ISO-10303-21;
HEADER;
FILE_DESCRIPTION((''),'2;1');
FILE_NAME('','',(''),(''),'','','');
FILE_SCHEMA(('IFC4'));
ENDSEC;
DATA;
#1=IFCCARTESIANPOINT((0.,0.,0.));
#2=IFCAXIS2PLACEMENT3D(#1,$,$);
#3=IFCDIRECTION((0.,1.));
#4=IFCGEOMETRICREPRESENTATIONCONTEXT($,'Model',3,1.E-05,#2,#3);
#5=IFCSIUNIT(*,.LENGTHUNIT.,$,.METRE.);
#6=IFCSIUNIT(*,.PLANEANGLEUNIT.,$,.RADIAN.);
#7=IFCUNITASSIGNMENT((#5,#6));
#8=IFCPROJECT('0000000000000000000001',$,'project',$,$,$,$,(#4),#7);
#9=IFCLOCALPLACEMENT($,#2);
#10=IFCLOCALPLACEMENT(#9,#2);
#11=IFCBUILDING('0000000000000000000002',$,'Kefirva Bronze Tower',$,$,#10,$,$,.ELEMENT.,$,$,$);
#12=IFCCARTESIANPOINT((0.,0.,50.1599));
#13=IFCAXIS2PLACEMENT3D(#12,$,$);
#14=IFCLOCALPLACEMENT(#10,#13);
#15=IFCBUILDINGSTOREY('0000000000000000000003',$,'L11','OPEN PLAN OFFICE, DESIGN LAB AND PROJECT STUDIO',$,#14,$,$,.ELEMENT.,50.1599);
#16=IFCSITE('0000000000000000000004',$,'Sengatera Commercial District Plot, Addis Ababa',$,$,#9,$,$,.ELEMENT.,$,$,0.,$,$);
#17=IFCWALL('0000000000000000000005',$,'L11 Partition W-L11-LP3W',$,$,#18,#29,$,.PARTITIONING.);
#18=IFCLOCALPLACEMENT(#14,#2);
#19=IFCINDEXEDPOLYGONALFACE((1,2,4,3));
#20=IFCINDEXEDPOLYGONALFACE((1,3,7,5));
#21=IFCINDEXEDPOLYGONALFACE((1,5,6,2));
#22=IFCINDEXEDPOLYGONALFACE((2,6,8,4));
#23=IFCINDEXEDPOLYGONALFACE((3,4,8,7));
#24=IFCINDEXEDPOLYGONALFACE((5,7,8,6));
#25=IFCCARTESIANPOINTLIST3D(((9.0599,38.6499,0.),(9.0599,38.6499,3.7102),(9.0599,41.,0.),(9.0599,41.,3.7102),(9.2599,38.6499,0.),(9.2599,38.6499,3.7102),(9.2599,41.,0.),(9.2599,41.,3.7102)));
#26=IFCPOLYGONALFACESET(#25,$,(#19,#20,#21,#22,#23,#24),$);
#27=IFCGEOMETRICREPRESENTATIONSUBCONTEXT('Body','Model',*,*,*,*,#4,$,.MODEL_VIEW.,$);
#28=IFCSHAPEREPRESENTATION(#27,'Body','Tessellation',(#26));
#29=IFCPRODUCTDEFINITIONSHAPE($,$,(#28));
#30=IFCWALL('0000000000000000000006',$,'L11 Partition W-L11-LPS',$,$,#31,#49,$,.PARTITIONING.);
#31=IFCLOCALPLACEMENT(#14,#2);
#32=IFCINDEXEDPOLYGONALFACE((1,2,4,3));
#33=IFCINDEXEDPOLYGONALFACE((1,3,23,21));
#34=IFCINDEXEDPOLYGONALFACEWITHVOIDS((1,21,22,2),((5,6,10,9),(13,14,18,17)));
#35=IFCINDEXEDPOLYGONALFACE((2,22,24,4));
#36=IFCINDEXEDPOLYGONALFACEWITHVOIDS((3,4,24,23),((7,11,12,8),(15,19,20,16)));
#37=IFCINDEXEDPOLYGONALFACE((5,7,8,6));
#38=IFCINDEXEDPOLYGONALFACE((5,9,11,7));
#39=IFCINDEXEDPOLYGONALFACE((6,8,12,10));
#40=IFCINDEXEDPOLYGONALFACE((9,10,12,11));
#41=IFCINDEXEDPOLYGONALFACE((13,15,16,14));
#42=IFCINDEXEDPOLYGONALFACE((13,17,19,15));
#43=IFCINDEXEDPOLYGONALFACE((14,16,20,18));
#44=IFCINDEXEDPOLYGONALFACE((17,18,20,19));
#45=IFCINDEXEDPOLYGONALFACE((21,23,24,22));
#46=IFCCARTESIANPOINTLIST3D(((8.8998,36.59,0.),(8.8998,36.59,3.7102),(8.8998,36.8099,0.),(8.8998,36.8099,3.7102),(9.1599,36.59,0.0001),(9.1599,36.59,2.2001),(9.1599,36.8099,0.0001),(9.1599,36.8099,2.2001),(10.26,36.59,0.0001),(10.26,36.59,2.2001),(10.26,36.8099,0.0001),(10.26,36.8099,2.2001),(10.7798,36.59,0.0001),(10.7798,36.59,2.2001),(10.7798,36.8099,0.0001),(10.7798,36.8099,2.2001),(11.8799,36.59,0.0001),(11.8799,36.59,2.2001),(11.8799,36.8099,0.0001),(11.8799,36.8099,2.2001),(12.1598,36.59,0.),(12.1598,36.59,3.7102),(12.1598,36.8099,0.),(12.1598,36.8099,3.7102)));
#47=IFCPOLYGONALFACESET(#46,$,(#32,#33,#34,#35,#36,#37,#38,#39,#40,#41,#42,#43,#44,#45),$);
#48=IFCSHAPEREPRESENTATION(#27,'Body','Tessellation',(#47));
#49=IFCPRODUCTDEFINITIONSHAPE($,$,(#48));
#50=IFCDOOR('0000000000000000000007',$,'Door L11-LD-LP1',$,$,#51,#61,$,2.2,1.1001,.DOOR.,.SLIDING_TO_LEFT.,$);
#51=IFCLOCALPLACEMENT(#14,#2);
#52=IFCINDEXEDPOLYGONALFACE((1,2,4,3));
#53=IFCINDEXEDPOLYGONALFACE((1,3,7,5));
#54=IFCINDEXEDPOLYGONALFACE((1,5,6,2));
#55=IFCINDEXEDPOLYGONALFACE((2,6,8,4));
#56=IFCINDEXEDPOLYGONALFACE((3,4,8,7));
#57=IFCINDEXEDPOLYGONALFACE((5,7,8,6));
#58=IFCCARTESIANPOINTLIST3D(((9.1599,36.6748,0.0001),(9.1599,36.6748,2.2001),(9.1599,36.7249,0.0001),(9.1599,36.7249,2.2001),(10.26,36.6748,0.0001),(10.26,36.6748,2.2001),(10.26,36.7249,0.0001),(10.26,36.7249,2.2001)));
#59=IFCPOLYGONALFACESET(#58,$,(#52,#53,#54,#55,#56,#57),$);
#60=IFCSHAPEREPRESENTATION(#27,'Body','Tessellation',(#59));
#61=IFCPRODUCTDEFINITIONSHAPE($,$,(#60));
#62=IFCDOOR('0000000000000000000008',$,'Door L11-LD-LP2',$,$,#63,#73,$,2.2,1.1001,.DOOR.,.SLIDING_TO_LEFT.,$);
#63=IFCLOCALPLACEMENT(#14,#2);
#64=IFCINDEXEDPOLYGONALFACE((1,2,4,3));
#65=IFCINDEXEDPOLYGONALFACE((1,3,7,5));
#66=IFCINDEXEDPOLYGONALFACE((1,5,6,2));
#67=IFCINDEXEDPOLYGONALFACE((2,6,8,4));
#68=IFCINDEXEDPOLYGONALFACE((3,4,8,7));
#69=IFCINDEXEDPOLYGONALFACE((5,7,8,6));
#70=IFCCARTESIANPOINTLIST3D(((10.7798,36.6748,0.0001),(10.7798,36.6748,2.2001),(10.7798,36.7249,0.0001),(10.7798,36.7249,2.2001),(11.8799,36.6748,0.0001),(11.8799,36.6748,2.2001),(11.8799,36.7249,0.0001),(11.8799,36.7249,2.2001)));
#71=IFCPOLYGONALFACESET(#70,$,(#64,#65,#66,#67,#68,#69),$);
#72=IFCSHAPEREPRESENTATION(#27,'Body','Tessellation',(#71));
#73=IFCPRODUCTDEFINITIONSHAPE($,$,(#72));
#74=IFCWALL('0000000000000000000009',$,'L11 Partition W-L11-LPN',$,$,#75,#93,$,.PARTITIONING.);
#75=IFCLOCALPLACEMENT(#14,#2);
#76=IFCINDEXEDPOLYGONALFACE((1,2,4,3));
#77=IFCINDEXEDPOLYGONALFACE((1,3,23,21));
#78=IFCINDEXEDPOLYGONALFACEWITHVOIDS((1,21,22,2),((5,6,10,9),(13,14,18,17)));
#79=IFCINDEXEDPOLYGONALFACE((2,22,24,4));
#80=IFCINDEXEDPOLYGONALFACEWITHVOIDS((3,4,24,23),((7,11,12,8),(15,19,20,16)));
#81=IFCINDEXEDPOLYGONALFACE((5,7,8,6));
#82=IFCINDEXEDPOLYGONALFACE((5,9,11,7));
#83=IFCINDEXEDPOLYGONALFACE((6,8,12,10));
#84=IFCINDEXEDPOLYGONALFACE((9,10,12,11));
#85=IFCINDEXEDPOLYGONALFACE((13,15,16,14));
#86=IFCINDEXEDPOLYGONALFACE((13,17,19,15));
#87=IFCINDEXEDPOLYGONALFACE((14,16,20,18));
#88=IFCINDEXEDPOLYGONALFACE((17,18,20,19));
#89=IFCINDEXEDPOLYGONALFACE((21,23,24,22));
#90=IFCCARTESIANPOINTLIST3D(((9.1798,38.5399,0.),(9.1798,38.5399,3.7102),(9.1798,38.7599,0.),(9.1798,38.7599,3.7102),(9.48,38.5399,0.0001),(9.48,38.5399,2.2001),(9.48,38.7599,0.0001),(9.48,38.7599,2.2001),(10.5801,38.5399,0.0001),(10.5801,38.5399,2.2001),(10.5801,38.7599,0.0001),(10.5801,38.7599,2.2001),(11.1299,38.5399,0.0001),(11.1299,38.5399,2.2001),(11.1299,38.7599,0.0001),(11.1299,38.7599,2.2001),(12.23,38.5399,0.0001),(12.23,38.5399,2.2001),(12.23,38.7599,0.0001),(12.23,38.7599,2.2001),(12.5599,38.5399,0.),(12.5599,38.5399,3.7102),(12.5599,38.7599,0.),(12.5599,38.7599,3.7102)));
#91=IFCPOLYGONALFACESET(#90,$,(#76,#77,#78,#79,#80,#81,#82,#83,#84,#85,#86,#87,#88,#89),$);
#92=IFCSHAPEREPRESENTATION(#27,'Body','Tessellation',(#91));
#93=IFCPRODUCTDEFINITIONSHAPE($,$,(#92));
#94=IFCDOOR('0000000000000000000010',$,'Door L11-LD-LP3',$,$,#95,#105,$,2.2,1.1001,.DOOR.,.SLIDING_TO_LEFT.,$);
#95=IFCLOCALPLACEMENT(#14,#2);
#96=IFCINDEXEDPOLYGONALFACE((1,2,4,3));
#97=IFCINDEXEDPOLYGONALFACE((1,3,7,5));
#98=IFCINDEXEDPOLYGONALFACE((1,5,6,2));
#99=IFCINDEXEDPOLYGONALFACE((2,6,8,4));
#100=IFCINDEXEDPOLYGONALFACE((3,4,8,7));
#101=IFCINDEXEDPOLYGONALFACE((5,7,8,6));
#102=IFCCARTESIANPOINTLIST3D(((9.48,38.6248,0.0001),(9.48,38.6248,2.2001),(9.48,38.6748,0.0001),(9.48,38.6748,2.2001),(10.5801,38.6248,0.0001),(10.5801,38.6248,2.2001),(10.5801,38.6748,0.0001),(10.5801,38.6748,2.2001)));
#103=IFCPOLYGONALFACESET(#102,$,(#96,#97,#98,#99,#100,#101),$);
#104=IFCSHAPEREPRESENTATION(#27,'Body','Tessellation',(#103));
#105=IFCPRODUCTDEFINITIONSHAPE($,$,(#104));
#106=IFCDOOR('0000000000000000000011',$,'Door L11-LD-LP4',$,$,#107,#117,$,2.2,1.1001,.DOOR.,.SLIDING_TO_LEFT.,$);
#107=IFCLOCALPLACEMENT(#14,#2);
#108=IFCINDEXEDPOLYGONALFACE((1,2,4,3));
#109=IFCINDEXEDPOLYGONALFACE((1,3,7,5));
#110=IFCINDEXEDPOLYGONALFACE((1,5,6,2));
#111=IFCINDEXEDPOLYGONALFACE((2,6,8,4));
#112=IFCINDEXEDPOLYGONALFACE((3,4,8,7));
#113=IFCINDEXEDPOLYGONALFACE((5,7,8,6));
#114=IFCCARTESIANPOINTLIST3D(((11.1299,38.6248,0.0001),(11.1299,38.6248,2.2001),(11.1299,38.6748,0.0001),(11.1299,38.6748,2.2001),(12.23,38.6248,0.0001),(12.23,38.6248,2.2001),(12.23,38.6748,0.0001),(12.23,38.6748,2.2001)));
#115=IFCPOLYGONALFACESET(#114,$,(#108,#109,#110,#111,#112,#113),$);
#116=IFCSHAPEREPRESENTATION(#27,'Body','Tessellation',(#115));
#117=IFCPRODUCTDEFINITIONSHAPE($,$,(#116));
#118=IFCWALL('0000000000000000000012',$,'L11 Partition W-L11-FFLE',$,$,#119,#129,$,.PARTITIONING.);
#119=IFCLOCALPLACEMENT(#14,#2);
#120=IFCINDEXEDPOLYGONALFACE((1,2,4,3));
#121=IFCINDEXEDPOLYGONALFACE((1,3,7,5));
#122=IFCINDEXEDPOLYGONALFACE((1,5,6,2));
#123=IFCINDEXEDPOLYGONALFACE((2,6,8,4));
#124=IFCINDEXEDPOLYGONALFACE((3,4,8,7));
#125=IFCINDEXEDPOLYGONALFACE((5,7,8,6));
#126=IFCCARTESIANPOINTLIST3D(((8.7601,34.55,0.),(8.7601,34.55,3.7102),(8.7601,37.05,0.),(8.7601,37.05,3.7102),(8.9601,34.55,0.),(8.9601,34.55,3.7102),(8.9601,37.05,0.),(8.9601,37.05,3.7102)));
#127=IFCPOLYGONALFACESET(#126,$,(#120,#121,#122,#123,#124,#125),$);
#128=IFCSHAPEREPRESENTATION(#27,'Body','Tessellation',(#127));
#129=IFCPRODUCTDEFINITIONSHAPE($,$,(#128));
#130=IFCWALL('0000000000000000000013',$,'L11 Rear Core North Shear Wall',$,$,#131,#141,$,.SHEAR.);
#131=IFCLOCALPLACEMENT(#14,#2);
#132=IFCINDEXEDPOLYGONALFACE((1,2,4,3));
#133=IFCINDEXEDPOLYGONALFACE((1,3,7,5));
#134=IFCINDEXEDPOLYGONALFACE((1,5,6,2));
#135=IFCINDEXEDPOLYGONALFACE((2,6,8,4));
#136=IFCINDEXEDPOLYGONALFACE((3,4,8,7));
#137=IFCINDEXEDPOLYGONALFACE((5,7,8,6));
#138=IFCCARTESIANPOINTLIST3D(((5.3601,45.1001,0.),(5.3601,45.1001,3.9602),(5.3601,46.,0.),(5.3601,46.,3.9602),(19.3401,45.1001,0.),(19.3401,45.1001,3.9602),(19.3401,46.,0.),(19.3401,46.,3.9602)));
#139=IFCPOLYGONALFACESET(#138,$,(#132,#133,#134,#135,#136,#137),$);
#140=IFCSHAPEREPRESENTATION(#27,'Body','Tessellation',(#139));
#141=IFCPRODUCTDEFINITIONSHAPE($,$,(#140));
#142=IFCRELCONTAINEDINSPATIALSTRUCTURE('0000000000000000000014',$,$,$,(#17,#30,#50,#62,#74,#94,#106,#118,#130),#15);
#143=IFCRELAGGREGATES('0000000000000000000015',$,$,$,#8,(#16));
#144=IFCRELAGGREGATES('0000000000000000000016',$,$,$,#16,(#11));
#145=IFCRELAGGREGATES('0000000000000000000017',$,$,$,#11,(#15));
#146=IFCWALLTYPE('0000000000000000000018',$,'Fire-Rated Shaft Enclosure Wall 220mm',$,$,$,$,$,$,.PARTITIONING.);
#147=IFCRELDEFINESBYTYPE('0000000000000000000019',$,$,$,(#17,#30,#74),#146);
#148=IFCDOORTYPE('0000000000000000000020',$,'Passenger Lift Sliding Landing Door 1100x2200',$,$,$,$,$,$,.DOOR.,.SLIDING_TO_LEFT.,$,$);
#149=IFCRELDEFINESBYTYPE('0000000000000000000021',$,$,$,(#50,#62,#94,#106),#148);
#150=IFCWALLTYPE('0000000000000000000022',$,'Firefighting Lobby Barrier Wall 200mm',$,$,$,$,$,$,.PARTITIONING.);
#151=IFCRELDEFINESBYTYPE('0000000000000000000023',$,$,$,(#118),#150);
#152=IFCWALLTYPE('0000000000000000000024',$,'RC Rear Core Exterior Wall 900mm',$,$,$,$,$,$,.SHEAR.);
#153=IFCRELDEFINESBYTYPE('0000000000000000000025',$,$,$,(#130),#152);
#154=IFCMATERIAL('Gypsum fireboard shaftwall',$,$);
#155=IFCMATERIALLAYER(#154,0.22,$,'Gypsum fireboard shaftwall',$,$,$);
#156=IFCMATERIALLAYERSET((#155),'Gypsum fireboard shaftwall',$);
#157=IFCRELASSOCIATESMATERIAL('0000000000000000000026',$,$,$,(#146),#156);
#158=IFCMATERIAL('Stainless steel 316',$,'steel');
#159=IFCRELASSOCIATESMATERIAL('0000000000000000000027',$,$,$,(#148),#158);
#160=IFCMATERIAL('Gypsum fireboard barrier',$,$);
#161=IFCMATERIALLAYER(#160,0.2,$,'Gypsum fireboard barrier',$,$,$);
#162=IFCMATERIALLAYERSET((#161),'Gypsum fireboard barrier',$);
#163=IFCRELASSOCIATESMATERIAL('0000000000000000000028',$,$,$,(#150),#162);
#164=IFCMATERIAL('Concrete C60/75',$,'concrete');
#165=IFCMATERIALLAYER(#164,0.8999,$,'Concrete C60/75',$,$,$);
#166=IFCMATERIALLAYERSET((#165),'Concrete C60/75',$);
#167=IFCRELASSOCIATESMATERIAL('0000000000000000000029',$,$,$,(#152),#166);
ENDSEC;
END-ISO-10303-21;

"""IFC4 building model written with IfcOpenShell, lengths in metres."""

from ifc_helpers import new_model, si_unit, direction, frame, frame_2d, origin, place, context, subcontext, project, spatial, rectangle, extrude, material, layer, layer_set, type_object, element, fill, save


model = new_model("IFC4")

# Units and contexts
model_context = context("Model", 3, precision=1e-05, world=origin(), true_north=direction((0.0, 1.0)))
body_context = subcontext(model_context, "Body", "Model", "MODEL_VIEW")
ifc_project = project(units=[si_unit("LENGTHUNIT", "METRE"), si_unit("PLANEANGLEUNIT", "RADIAN")], contexts=[model_context])

# Site, building, storey
site_placement = place(None, origin())
site = spatial("IfcSite", under=ifc_project, at=site_placement, Name="Sengatera Commercial District Plot, Addis Ababa", CompositionType="ELEMENT", RefElevation=0.0)
building_placement = place(site_placement, origin())
building = spatial("IfcBuilding", under=site, at=building_placement, Name="Kefirva Bronze Tower", CompositionType="ELEMENT")
storey_placement = place(building_placement, frame((0.0, 0.0, 50.1599)))
storey = spatial("IfcBuildingStorey", under=building, at=storey_placement, Name="L11", Description="OPEN PLAN OFFICE, DESIGN LAB AND PROJECT STUDIO", CompositionType="ELEMENT", Elevation=50.1599)

# Shared definitions
ifc_material_1 = material(Name="Concrete C60/75", Category="concrete")

# Shared definitions
ifc_material_2 = material(Name="Gypsum fireboard shaftwall")
ifc_layer_1 = layer(ifc_material_2, 0.22, Name="Gypsum fireboard shaftwall")
ifc_layer_set_1 = layer_set([ifc_layer_1], Name="Gypsum fireboard shaftwall")
wall_type_1 = type_object("IfcWallType", Name="Fire-Rated Shaft Enclosure Wall 220mm", PredefinedType="PARTITIONING", material=ifc_layer_set_1)
ifc_material_3 = material(Name="Stainless steel 316", Category="steel")

# Wall
wall_1_placement = place(storey_placement, frame((9.1599, 38.6499, 0.0), z_axis=(0.0, 0.0, 1.0), x_axis=(0.0, 1.0, 0.0)))
element("IfcWall", 1, at=wall_1_placement, inside=storey, type_object=wall_type_1, Name="L11 Partition W-L11-LP3W", PredefinedType="PARTITIONING", context=body_context, shape_type="SweptSolid", body=[
    extrude(rectangle(XDim=2.3501, YDim=0.2, at=frame_2d((1.175, 0.0))), origin(), (0.0, 0.0, 1.0), 3.7102),
])

# Walls, openings, doors
wall_2_placement = place(storey_placement, frame((8.8999, 36.7, 0.0), z_axis=(0.0, 0.0, 1.0), x_axis=(1.0, 0.0, 0.0)))
wall_2 = element("IfcWall", 2, at=wall_2_placement, inside=storey, type_object=wall_type_1, Name="L11 Partition W-L11-LPS", PredefinedType="PARTITIONING", context=body_context, shape_type="SweptSolid", body=[
    extrude(rectangle(XDim=3.26, YDim=0.22, at=frame_2d((1.6299, 0.0))), origin(), (0.0, 0.0, 1.0), 3.7102),
])
opening_1_placement = place(wall_2_placement, frame((0.26, 0.0, 0.0)))
opening_1 = element("IfcOpeningElement", 3, at=opening_1_placement, cuts=wall_2, PredefinedType="OPENING", context=body_context, shape_type="SweptSolid", body=[
    extrude(rectangle(XDim=1.1001, YDim=2.2, at=frame_2d((0.55, 1.1001))), frame((0.0, 0.1201, 0.0), z_axis=(0.0, -1.0, 0.0), x_axis=(1.0, 0.0, 0.0)), (0.0, 0.0, 1.0), 0.24),
])
opening_2_placement = place(wall_2_placement, frame((1.8799, 0.0, 0.0)))
opening_2 = element("IfcOpeningElement", 4, at=opening_2_placement, cuts=wall_2, PredefinedType="OPENING", context=body_context, shape_type="SweptSolid", body=[
    extrude(rectangle(XDim=1.1001, YDim=2.2, at=frame_2d((0.55, 1.1001))), frame((0.0, 0.1201, 0.0), z_axis=(0.0, -1.0, 0.0), x_axis=(1.0, 0.0, 0.0)), (0.0, 0.0, 1.0), 0.24),
])
door_type_1 = type_object("IfcDoorType", Name="Passenger Lift Sliding Landing Door 1100x2200", OperationType="SLIDING_TO_LEFT", PredefinedType="DOOR", material=ifc_material_3)
door_1_placement = place(opening_1_placement, origin())
door_1 = element("IfcDoor", 5, at=door_1_placement, inside=storey, type_object=door_type_1, Name="Door L11-LD-LP1", OperationType="SLIDING_TO_LEFT", OverallHeight=2.2, OverallWidth=1.1001, PredefinedType="DOOR", context=body_context, shape_type="SweptSolid", body=[
    extrude(rectangle(XDim=1.1001, YDim=2.2, at=frame_2d((0.55, 1.1001))), frame((0.0, 0.0249, 0.0), z_axis=(0.0, -1.0, 0.0), x_axis=(1.0, 0.0, 0.0)), (0.0, 0.0, 1.0), 0.05),
])
fill(opening_1, door_1)
door_2_placement = place(opening_2_placement, origin())
door_2 = element("IfcDoor", 6, at=door_2_placement, inside=storey, type_object=door_type_1, Name="Door L11-LD-LP2", OperationType="SLIDING_TO_LEFT", OverallHeight=2.2, OverallWidth=1.1001, PredefinedType="DOOR", context=body_context, shape_type="SweptSolid", body=[
    extrude(rectangle(XDim=1.1001, YDim=2.2, at=frame_2d((0.55, 1.1001))), frame((0.0, 0.0249, 0.0), z_axis=(0.0, -1.0, 0.0), x_axis=(1.0, 0.0, 0.0)), (0.0, 0.0, 1.0), 0.05),
])
fill(opening_2, door_2)
wall_3_placement = place(storey_placement, frame((9.1799, 38.6499, 0.0), z_axis=(0.0, 0.0, 1.0), x_axis=(1.0, 0.0, 0.0)))
wall_3 = element("IfcWall", 7, at=wall_3_placement, inside=storey, type_object=wall_type_1, Name="L11 Partition W-L11-LPN", PredefinedType="PARTITIONING", context=body_context, shape_type="SweptSolid", body=[
    extrude(rectangle(XDim=3.3801, YDim=0.22, at=frame_2d((1.6899, 0.0))), origin(), (0.0, 0.0, 1.0), 3.7102),
])
opening_3_placement = place(wall_3_placement, frame((0.3, 0.0, 0.0)))
opening_3 = element("IfcOpeningElement", 8, at=opening_3_placement, cuts=wall_3, PredefinedType="OPENING", context=body_context, shape_type="SweptSolid", body=[
    extrude(rectangle(XDim=1.1001, YDim=2.2, at=frame_2d((0.55, 1.1001))), frame((0.0, 0.1201, 0.0), z_axis=(0.0, -1.0, 0.0), x_axis=(1.0, 0.0, 0.0)), (0.0, 0.0, 1.0), 0.24),
])
opening_4_placement = place(wall_3_placement, frame((1.95, 0.0, 0.0)))
opening_4 = element("IfcOpeningElement", 9, at=opening_4_placement, cuts=wall_3, PredefinedType="OPENING", context=body_context, shape_type="SweptSolid", body=[
    extrude(rectangle(XDim=1.1001, YDim=2.2, at=frame_2d((0.55, 1.1001))), frame((0.0, 0.1201, 0.0), z_axis=(0.0, -1.0, 0.0), x_axis=(1.0, 0.0, 0.0)), (0.0, 0.0, 1.0), 0.24),
])
door_3_placement = place(opening_3_placement, origin())
door_3 = element("IfcDoor", 10, at=door_3_placement, inside=storey, type_object=door_type_1, Name="Door L11-LD-LP3", OperationType="SLIDING_TO_LEFT", OverallHeight=2.2, OverallWidth=1.1001, PredefinedType="DOOR", context=body_context, shape_type="SweptSolid", body=[
    extrude(rectangle(XDim=1.1001, YDim=2.2, at=frame_2d((0.55, 1.1001))), frame((0.0, 0.0249, 0.0), z_axis=(0.0, -1.0, 0.0), x_axis=(1.0, 0.0, 0.0)), (0.0, 0.0, 1.0), 0.05),
])
fill(opening_3, door_3)
door_4_placement = place(opening_4_placement, origin())
door_4 = element("IfcDoor", 11, at=door_4_placement, inside=storey, type_object=door_type_1, Name="Door L11-LD-LP4", OperationType="SLIDING_TO_LEFT", OverallHeight=2.2, OverallWidth=1.1001, PredefinedType="DOOR", context=body_context, shape_type="SweptSolid", body=[
    extrude(rectangle(XDim=1.1001, YDim=2.2, at=frame_2d((0.55, 1.1001))), frame((0.0, 0.0249, 0.0), z_axis=(0.0, -1.0, 0.0), x_axis=(1.0, 0.0, 0.0)), (0.0, 0.0, 1.0), 0.05),
])
fill(opening_4, door_4)

# Walls
ifc_material_4 = material(Name="Gypsum fireboard barrier")
ifc_layer_2 = layer(ifc_material_4, 0.2, Name="Gypsum fireboard barrier")
ifc_layer_set_2 = layer_set([ifc_layer_2], Name="Gypsum fireboard barrier")
wall_type_2 = type_object("IfcWallType", Name="Firefighting Lobby Barrier Wall 200mm", PredefinedType="PARTITIONING", material=ifc_layer_set_2)
wall_4_placement = place(storey_placement, frame((8.8601, 34.55, 0.0), z_axis=(0.0, 0.0, 1.0), x_axis=(0.0, 1.0, 0.0)))
element("IfcWall", 12, at=wall_4_placement, inside=storey, type_object=wall_type_2, Name="L11 Partition W-L11-FFLE", PredefinedType="PARTITIONING", context=body_context, shape_type="SweptSolid", body=[
    extrude(rectangle(XDim=2.5, YDim=0.2, at=frame_2d((1.25, 0.0))), origin(), (0.0, 0.0, 1.0), 3.7102),
])
ifc_layer_3 = layer(ifc_material_1, 0.8999, Name="Concrete C60/75")
ifc_layer_set_3 = layer_set([ifc_layer_3], Name="Concrete C60/75")
wall_type_3 = type_object("IfcWallType", Name="RC Rear Core Exterior Wall 900mm", PredefinedType="SHEAR", material=ifc_layer_set_3)
wall_5_placement = place(storey_placement, frame((5.3601, 45.55, 0.0), z_axis=(0.0, 0.0, 1.0), x_axis=(1.0, 0.0, 0.0)))
element("IfcWall", 13, at=wall_5_placement, inside=storey, type_object=wall_type_3, Name="L11 Rear Core North Shear Wall", PredefinedType="SHEAR", context=body_context, shape_type="SweptSolid", body=[
    extrude(rectangle(XDim=13.98, YDim=0.8999, at=frame_2d((6.99, 0.0))), origin(), (0.0, 0.0, 1.0), 3.9602),
])

save(model, "model.ifc")
